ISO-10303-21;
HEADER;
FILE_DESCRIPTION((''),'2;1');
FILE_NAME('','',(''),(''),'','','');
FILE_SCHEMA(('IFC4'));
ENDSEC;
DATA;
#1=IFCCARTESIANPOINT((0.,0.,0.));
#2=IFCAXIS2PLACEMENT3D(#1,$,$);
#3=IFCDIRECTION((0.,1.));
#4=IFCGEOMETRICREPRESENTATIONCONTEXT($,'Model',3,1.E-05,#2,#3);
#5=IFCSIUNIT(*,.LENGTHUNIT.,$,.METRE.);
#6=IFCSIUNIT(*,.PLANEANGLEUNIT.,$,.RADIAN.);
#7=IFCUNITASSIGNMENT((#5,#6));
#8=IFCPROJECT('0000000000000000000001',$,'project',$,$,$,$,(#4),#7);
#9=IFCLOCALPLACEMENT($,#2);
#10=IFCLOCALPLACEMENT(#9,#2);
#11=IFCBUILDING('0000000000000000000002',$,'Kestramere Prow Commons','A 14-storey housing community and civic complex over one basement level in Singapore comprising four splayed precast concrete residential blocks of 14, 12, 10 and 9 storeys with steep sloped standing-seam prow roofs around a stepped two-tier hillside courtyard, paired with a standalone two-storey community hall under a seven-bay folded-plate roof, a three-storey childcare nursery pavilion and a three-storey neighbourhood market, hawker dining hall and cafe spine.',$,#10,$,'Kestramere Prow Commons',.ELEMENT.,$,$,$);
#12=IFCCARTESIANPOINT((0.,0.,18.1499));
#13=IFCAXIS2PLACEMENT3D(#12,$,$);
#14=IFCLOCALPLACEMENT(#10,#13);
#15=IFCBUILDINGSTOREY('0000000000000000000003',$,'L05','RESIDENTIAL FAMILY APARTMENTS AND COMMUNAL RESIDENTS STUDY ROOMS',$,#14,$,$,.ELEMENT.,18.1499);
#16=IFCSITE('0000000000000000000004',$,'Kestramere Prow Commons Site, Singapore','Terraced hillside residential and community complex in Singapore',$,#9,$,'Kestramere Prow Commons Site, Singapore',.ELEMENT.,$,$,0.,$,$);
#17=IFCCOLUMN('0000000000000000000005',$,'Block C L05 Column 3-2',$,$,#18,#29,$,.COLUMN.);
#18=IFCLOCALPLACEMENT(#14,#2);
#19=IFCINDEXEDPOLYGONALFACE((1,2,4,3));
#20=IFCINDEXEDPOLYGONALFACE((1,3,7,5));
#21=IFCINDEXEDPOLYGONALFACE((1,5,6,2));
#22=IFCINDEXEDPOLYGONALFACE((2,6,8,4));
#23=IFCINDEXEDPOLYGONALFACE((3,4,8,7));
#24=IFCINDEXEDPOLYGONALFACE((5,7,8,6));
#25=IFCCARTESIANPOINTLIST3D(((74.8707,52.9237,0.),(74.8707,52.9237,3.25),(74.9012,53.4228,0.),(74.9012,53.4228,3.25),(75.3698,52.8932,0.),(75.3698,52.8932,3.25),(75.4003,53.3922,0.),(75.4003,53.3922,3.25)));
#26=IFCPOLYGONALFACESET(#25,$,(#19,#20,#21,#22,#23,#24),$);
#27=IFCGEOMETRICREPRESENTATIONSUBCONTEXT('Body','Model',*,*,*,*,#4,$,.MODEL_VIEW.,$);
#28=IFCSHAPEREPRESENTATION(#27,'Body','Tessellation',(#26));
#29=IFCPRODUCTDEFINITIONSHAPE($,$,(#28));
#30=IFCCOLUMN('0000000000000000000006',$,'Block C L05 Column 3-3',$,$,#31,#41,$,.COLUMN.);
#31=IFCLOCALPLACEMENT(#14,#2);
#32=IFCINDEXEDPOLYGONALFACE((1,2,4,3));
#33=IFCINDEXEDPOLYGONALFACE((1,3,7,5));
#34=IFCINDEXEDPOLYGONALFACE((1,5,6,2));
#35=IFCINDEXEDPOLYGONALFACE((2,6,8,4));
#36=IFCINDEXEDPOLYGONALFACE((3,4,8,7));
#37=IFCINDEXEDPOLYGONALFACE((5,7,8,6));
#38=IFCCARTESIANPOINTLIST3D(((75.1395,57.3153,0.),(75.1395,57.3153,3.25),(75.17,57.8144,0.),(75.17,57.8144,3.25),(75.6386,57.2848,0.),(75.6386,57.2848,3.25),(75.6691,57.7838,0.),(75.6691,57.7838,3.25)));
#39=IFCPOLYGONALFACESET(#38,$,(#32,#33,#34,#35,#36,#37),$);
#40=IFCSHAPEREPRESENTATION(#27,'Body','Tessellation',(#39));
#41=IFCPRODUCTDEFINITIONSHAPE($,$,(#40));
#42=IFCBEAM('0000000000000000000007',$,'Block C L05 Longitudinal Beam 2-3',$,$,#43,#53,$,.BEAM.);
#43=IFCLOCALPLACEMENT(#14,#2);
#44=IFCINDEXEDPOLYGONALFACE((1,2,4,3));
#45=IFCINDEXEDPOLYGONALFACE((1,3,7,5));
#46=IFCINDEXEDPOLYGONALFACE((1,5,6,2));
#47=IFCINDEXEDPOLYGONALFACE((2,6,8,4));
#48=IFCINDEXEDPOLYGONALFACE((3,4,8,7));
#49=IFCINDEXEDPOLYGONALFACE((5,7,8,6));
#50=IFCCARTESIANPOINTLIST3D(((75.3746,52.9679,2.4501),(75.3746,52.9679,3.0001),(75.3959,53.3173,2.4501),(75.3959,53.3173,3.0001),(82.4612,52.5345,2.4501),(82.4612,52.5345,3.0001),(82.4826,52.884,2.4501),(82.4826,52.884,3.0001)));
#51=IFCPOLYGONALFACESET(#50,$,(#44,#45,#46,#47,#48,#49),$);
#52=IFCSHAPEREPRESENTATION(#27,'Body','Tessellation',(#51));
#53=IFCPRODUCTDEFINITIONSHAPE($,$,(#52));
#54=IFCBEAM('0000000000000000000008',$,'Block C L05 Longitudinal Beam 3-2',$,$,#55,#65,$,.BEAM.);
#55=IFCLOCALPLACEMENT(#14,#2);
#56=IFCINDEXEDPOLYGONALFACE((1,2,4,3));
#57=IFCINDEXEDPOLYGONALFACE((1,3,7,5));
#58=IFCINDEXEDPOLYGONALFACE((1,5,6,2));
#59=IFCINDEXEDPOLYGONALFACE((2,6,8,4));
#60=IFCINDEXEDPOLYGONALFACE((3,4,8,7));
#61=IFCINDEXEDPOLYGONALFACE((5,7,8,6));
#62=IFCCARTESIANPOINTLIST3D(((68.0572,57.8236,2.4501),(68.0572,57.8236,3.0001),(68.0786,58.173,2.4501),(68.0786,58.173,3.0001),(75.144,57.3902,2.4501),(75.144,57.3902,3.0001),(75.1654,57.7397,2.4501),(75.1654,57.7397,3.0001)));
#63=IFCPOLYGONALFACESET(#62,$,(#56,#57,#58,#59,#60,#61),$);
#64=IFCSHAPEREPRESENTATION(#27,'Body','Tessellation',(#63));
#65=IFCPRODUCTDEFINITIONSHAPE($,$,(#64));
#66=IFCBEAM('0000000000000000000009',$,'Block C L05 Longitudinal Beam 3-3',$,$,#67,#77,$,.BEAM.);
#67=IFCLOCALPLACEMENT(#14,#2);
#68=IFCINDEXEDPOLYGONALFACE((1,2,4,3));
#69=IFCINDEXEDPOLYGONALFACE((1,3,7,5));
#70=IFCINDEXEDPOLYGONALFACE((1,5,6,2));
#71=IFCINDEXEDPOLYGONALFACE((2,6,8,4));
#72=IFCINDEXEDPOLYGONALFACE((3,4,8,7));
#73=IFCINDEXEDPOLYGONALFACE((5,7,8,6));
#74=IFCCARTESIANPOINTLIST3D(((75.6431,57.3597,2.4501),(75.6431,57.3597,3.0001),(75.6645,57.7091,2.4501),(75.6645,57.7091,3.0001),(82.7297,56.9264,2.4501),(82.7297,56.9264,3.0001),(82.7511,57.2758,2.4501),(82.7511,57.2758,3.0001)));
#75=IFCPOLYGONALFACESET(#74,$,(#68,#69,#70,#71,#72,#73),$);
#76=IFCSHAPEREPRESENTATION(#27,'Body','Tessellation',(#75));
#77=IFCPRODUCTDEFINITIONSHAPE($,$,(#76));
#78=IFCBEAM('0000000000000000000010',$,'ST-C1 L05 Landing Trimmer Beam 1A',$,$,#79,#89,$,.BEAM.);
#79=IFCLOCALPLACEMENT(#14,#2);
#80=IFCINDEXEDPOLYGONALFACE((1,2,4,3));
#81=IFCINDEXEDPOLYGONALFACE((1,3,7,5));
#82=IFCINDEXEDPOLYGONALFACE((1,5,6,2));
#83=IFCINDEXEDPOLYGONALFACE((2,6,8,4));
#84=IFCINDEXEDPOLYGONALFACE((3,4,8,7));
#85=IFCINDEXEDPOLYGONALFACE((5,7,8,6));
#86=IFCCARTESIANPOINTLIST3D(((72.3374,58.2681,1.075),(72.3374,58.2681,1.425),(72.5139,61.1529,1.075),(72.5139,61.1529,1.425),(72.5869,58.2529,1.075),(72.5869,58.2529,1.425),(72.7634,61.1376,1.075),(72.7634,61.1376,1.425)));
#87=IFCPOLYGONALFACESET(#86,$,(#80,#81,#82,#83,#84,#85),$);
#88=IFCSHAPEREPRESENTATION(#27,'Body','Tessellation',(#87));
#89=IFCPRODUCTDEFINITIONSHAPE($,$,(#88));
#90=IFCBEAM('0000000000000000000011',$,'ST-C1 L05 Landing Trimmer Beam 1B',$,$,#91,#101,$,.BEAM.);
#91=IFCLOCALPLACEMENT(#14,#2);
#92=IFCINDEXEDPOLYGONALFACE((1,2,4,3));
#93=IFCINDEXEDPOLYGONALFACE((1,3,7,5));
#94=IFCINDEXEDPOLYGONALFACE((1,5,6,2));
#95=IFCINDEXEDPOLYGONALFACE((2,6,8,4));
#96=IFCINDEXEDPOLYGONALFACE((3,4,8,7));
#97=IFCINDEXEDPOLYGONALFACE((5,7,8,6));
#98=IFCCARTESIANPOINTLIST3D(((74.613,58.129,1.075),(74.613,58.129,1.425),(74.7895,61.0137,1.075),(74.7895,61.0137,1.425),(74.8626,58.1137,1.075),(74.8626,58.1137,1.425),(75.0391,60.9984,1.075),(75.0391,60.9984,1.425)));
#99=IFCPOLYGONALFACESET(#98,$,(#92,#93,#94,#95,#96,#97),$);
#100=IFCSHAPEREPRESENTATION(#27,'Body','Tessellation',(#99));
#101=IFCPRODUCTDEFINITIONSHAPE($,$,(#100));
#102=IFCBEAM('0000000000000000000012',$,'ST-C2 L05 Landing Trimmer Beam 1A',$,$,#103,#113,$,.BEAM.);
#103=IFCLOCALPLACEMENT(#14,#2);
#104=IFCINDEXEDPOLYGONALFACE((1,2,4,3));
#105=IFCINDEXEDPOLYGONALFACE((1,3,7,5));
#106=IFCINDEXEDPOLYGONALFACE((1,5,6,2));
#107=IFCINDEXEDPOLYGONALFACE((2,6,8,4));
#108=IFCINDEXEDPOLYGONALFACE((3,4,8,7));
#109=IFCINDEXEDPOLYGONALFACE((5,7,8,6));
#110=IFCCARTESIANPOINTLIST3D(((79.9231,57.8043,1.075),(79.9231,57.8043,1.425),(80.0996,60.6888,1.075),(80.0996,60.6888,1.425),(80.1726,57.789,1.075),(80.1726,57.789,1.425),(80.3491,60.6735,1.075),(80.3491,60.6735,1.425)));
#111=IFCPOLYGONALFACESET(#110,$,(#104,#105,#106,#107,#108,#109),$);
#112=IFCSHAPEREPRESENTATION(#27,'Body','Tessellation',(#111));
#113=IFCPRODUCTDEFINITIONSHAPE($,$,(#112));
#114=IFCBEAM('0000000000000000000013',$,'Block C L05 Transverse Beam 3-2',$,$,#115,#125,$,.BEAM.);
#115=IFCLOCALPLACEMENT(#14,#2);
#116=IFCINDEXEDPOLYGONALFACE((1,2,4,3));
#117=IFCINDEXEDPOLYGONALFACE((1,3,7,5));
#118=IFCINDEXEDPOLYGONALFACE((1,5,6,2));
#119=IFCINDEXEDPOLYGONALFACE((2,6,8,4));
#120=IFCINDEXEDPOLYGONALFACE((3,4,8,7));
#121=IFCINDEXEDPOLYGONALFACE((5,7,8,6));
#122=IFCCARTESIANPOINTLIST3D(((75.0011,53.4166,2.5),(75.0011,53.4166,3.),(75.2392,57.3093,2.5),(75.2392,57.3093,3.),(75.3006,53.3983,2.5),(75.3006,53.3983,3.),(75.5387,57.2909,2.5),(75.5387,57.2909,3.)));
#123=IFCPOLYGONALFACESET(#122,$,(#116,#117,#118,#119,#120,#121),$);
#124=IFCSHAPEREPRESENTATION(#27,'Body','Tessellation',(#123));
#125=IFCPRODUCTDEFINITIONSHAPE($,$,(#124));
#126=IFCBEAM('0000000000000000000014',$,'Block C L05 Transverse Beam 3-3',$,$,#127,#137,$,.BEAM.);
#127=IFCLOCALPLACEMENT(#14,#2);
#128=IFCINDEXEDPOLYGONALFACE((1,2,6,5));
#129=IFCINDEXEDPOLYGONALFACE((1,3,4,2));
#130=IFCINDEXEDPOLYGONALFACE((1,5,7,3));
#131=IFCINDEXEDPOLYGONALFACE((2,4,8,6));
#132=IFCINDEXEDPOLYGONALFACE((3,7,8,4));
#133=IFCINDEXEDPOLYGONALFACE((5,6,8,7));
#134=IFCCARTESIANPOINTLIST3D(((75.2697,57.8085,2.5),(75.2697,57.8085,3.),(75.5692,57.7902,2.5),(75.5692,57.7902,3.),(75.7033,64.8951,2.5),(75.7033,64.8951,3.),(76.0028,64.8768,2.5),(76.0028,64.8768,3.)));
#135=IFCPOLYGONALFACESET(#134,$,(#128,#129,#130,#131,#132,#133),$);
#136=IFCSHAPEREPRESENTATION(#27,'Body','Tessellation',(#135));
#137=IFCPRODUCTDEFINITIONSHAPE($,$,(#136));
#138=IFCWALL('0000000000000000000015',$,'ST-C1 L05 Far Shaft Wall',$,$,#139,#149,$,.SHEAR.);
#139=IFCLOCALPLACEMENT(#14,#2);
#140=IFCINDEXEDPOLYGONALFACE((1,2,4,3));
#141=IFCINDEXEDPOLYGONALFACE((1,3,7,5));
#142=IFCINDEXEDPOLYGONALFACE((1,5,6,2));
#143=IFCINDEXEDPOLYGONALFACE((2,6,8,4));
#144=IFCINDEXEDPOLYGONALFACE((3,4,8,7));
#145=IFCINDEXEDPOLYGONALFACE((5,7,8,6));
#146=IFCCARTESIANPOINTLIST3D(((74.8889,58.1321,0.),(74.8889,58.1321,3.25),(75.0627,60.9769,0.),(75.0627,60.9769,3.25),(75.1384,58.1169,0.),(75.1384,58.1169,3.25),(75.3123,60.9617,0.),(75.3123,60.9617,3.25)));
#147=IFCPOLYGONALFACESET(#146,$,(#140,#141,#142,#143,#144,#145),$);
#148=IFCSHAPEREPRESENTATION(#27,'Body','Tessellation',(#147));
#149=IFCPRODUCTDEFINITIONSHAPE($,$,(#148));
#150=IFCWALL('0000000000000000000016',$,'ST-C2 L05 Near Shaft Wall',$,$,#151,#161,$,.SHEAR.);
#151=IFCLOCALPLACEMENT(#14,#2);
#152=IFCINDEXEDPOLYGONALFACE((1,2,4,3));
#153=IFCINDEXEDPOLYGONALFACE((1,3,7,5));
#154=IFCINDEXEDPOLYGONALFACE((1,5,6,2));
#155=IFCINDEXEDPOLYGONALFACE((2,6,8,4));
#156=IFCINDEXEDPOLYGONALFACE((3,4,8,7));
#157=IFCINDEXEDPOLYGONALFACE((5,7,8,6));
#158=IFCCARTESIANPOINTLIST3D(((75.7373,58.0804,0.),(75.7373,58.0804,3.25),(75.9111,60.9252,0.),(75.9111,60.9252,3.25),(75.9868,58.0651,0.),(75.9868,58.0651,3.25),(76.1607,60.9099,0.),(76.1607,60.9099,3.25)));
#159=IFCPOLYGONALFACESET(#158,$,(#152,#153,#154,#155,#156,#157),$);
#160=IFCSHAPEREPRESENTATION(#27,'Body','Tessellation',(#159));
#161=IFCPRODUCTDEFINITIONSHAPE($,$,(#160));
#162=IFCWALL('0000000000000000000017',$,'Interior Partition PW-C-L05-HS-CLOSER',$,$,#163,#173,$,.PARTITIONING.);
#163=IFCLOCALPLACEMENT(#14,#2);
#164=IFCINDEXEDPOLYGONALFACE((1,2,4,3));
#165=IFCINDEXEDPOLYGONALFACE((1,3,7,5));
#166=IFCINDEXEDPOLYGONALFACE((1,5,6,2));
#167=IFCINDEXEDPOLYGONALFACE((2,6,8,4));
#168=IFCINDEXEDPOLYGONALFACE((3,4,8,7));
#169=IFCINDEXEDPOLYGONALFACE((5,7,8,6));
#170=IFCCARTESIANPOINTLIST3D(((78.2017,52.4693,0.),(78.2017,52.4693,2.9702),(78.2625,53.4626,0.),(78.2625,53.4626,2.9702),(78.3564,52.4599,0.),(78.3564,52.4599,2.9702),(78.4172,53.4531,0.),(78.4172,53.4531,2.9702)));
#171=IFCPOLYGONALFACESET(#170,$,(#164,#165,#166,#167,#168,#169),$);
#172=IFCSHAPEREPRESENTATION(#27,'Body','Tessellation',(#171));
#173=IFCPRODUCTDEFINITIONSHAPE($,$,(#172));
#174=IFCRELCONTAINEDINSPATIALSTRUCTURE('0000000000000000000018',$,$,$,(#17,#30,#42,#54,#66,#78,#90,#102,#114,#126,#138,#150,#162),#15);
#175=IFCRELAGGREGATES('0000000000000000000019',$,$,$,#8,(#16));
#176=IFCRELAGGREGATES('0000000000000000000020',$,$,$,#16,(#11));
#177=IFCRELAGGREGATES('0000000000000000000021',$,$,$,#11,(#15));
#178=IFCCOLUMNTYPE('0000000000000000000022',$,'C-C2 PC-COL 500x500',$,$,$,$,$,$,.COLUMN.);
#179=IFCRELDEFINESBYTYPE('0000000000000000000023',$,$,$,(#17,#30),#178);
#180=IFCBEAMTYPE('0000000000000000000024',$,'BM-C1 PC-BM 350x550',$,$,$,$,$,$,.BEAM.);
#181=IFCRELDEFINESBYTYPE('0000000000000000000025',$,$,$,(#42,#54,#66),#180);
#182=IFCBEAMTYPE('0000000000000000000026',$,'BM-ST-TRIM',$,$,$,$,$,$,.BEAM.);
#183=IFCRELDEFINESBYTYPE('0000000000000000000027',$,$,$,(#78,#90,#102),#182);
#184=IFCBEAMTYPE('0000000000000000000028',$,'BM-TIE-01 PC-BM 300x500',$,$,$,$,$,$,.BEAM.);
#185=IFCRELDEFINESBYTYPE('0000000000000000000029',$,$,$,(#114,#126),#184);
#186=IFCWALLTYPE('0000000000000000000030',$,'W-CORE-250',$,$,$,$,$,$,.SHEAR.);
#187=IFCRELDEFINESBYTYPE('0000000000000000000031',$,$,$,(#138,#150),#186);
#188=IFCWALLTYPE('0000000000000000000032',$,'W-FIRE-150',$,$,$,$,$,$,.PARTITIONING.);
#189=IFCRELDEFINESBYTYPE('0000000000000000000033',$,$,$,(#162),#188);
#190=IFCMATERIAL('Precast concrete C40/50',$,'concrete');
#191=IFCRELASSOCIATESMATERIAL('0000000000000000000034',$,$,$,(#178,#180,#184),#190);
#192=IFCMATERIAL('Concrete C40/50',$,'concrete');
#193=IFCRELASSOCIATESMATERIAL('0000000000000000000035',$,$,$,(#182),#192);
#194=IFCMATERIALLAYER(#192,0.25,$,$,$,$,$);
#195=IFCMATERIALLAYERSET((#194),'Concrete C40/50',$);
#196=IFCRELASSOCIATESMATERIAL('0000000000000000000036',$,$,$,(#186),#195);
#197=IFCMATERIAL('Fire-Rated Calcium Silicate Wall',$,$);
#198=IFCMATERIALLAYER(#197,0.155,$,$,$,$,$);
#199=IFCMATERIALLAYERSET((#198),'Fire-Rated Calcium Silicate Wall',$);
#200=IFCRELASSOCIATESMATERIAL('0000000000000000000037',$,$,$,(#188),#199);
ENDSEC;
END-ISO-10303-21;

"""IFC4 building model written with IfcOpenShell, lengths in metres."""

from ifc_helpers import new_model, si_unit, direction, frame, frame_2d, origin, origin_2d, place, context, subcontext, project, spatial, rectangle, extrude, material, layer, layer_set, material_profile, profile_set, type_object, element, save


model = new_model("IFC4")

# Units and contexts
model_context = context("Model", 3, precision=1e-05, world=origin(), true_north=direction((0.0, 1.0)))
body_context = subcontext(model_context, "Body", "Model", "MODEL_VIEW")
ifc_project = project(units=[si_unit("LENGTHUNIT", "METRE"), si_unit("PLANEANGLEUNIT", "RADIAN")], contexts=[model_context])

# Site, building, storey
site_placement = place(None, origin())
site = spatial("IfcSite", under=ifc_project, at=site_placement, Name="Kestramere Prow Commons Site, Singapore", Description="Terraced hillside residential and community complex in Singapore", LongName="Kestramere Prow Commons Site, Singapore", CompositionType="ELEMENT", RefElevation=0.0)
building_placement = place(site_placement, origin())
building = spatial("IfcBuilding", under=site, at=building_placement, Name="Kestramere Prow Commons", Description="A 14-storey housing community and civic complex over one basement level in Singapore comprising four splayed precast concrete residential blocks of 14, 12, 10 and 9 storeys with steep sloped standing-seam prow roofs around a stepped two-tier hillside courtyard, paired with a standalone two-storey community hall under a seven-bay folded-plate roof, a three-storey childcare nursery pavilion and a three-storey neighbourhood market, hawker dining hall and cafe spine.", LongName="Kestramere Prow Commons", CompositionType="ELEMENT")
storey_placement = place(building_placement, frame((0.0, 0.0, 18.1499)))
storey = spatial("IfcBuildingStorey", under=building, at=storey_placement, Name="L05", Description="RESIDENTIAL FAMILY APARTMENTS AND COMMUNAL RESIDENTS STUDY ROOMS", CompositionType="ELEMENT", Elevation=18.1499)

# Columns
ifc_material_1 = material(Name="Precast concrete C40/50", Category="concrete")
ifc_material_profile_1 = material_profile(ifc_material_1, rectangle(XDim=0.5, YDim=0.5, at=origin_2d()), Name="PC-COL 500x500")
ifc_profile_set_1 = profile_set([ifc_material_profile_1], Name="Precast concrete C40/50")
column_type = type_object("IfcColumnType", Name="C-C2 PC-COL 500x500", PredefinedType="COLUMN", material=ifc_profile_set_1)
for number, where, z_axis, x_axis, name in (
    (1, (75.1355, 53.158, 0.0), (0.0, 0.0, 1.0), (0.998135, -0.061049, 0.0), "Block C L05 Column 3-2"),
    (2, (75.4043, 57.5496, 0.0), (0.0, 0.0, 1.0), (0.998135, -0.061049, 0.0), "Block C L05 Column 3-3"),
):
    element("IfcColumn", number, at=place(storey_placement, frame(where, z_axis=z_axis, x_axis=x_axis)), inside=storey, type_object=column_type, Name=name, PredefinedType="COLUMN", context=body_context, shape_type="SweptSolid", body=[
        extrude(rectangle(XDim=0.5, YDim=0.5, at=origin_2d()), origin(), (0.0, 0.0, 1.0), 3.25),
    ])

# Beams
ifc_material_profile_2 = material_profile(ifc_material_1, rectangle(XDim=0.3501, YDim=0.55, at=origin_2d()), Name="PC-BM 350x550")
ifc_profile_set_2 = profile_set([ifc_material_profile_2], Name="Precast concrete C40/50")
beam_type_1 = type_object("IfcBeamType", Name="BM-C1 PC-BM 350x550", PredefinedType="BEAM", material=ifc_profile_set_2)
beam_1_placement = place(storey_placement, frame((75.3853, 53.1426, 2.7251), z_axis=(0.998136, -0.061036, 0.0), x_axis=(0.061036, 0.998136, 0.0)))
element("IfcBeam", 3, at=beam_1_placement, inside=storey, type_object=beam_type_1, Name="Block C L05 Longitudinal Beam 2-3", PredefinedType="BEAM", context=body_context, shape_type="SweptSolid", body=[
    extrude(rectangle(XDim=0.3501, YDim=0.55, at=origin_2d()), origin(), (0.0, 0.0, 1.0), 7.0999),
])
beam_2_placement = place(storey_placement, frame((68.0679, 57.9983, 2.7251), z_axis=(0.998136, -0.061034, 0.0), x_axis=(0.061034, 0.998136, 0.0)))
element("IfcBeam", 4, at=beam_2_placement, inside=storey, type_object=beam_type_1, Name="Block C L05 Longitudinal Beam 3-2", PredefinedType="BEAM", context=body_context, shape_type="SweptSolid", body=[
    extrude(rectangle(XDim=0.3501, YDim=0.55, at=origin_2d()), origin(), (0.0, 0.0, 1.0), 7.1001),
])
beam_3_placement = place(storey_placement, frame((75.6538, 57.5344, 2.7251), z_axis=(0.998136, -0.061036, 0.0), x_axis=(0.061036, 0.998136, 0.0)))
element("IfcBeam", 5, at=beam_3_placement, inside=storey, type_object=beam_type_1, Name="Block C L05 Longitudinal Beam 3-3", PredefinedType="BEAM", context=body_context, shape_type="SweptSolid", body=[
    extrude(rectangle(XDim=0.3501, YDim=0.55, at=origin_2d()), origin(), (0.0, 0.0, 1.0), 7.0999),
])
ifc_material_2 = material(Name="Concrete C40/50", Category="concrete")
ifc_material_profile_3 = material_profile(ifc_material_2, rectangle(XDim=0.25, YDim=0.3501, at=origin_2d()), Name="PC-BM 250x350")
ifc_profile_set_3 = profile_set([ifc_material_profile_3], Name="Concrete C40/50")
beam_type_2 = type_object("IfcBeamType", Name="BM-ST-TRIM", PredefinedType="BEAM", material=ifc_profile_set_3)
for number, where, z_axis, x_axis, name in (
    (6, (72.4622, 58.2605, 1.25), (0.061074, 0.998133, 0.0), (-0.998133, 0.061074, 0.0), "ST-C1 L05 Landing Trimmer Beam 1A"),
    (7, (74.7378, 58.1213, 1.25), (0.061074, 0.998133, 0.0), (-0.998133, 0.061074, 0.0), "ST-C1 L05 Landing Trimmer Beam 1B"),
):
    element("IfcBeam", number, at=place(storey_placement, frame(where, z_axis=z_axis, x_axis=x_axis)), inside=storey, type_object=beam_type_2, Name=name, PredefinedType="BEAM", context=body_context, shape_type="SweptSolid", body=[
        extrude(rectangle(XDim=0.25, YDim=0.3501, at=origin_2d()), origin(), (0.0, 0.0, 1.0), 2.8901),
    ])
beam_4_placement = place(storey_placement, frame((80.0479, 57.7966, 1.25), z_axis=(0.061079, 0.998133, 0.0), x_axis=(-0.998133, 0.061079, 0.0)))
element("IfcBeam", 8, at=beam_4_placement, inside=storey, type_object=beam_type_2, Name="ST-C2 L05 Landing Trimmer Beam 1A", PredefinedType="BEAM", context=body_context, shape_type="SweptSolid", body=[
    extrude(rectangle(XDim=0.25, YDim=0.3501, at=origin_2d()), origin(), (0.0, 0.0, 1.0), 2.8899),
])
ifc_material_profile_4 = material_profile(ifc_material_1, rectangle(XDim=0.3, YDim=0.5, at=origin_2d()), Name="PC-BM 300x500")
ifc_profile_set_4 = profile_set([ifc_material_profile_4], Name="Precast concrete C40/50")
beam_type_3 = type_object("IfcBeamType", Name="BM-TIE-01 PC-BM 300x500", PredefinedType="BEAM", material=ifc_profile_set_4)
beam_5_placement = place(storey_placement, frame((75.1509, 53.4075, 2.75), z_axis=(0.061038, 0.998135, 0.0), x_axis=(-0.998135, 0.061038, 0.0)))
element("IfcBeam", 9, at=beam_5_placement, inside=storey, type_object=beam_type_3, Name="Block C L05 Transverse Beam 3-2", PredefinedType="BEAM", context=body_context, shape_type="SweptSolid", body=[
    extrude(rectangle(XDim=0.3, YDim=0.5, at=origin_2d()), origin(), (0.0, 0.0, 1.0), 3.8999),
])
beam_6_placement = place(storey_placement, frame((75.4194, 57.7993, 2.75), z_axis=(0.06107, 0.998133, 0.0), x_axis=(-0.998133, 0.06107, 0.0)))
element("IfcBeam", 10, at=beam_6_placement, inside=storey, type_object=beam_type_3, Name="Block C L05 Transverse Beam 3-3", PredefinedType="BEAM", context=body_context, shape_type="SweptSolid", body=[
    extrude(rectangle(XDim=0.3, YDim=0.5, at=origin_2d()), origin(), (0.0, 0.0, 1.0), 7.0999),
])

# Wall
ifc_layer_1 = layer(ifc_material_2, 0.25)
ifc_layer_set_1 = layer_set([ifc_layer_1], Name="Concrete C40/50")
wall_type_1 = type_object("IfcWallType", Name="W-CORE-250", PredefinedType="SHEAR", material=ifc_layer_set_1)
wall_1_placement = place(storey_placement, frame((75.0137, 58.1245, 0.0), z_axis=(0.0, 0.0, 1.0), x_axis=(0.060992, 0.998138, 0.0)))
element("IfcWall", 11, at=wall_1_placement, inside=storey, type_object=wall_type_1, Name="ST-C1 L05 Far Shaft Wall", PredefinedType="SHEAR", context=body_context, shape_type="SweptSolid", body=[
    extrude(rectangle(XDim=2.8501, YDim=0.25, at=frame_2d((1.425, 0.0))), origin(), (0.0, 0.0, 1.0), 3.25),
])

# Walls
wall_2_placement = place(storey_placement, frame((75.8621, 58.0728, 0.0), z_axis=(0.0, 0.0, 1.0), x_axis=(0.060992, 0.998138, 0.0)))
element("IfcWall", 12, at=wall_2_placement, inside=storey, type_object=wall_type_1, Name="ST-C2 L05 Near Shaft Wall", PredefinedType="SHEAR", context=body_context, shape_type="SweptSolid", body=[
    extrude(rectangle(XDim=2.8501, YDim=0.25, at=frame_2d((1.425, 0.0))), origin(), (0.0, 0.0, 1.0), 3.25),
])
ifc_material_3 = material(Name="Fire-Rated Calcium Silicate Wall")
ifc_layer_2 = layer(ifc_material_3, 0.155)
ifc_layer_set_2 = layer_set([ifc_layer_2], Name="Fire-Rated Calcium Silicate Wall")
wall_type_2 = type_object("IfcWallType", Name="W-FIRE-150", PredefinedType="PARTITIONING", material=ifc_layer_set_2)
wall_3_placement = place(storey_placement, frame((78.2791, 52.4646, 0.0), z_axis=(0.0, 0.0, 1.0), x_axis=(0.061095, 0.998132, 0.0)))
element("IfcWall", 13, at=wall_3_placement, inside=storey, type_object=wall_type_2, Name="Interior Partition PW-C-L05-HS-CLOSER", PredefinedType="PARTITIONING", context=body_context, shape_type="SweptSolid", body=[
    extrude(rectangle(XDim=0.9951, YDim=0.155, at=frame_2d((0.4976, 0.0))), origin(), (0.0, 0.0, 1.0), 2.9702),
])

save(model, "model.ifc")
